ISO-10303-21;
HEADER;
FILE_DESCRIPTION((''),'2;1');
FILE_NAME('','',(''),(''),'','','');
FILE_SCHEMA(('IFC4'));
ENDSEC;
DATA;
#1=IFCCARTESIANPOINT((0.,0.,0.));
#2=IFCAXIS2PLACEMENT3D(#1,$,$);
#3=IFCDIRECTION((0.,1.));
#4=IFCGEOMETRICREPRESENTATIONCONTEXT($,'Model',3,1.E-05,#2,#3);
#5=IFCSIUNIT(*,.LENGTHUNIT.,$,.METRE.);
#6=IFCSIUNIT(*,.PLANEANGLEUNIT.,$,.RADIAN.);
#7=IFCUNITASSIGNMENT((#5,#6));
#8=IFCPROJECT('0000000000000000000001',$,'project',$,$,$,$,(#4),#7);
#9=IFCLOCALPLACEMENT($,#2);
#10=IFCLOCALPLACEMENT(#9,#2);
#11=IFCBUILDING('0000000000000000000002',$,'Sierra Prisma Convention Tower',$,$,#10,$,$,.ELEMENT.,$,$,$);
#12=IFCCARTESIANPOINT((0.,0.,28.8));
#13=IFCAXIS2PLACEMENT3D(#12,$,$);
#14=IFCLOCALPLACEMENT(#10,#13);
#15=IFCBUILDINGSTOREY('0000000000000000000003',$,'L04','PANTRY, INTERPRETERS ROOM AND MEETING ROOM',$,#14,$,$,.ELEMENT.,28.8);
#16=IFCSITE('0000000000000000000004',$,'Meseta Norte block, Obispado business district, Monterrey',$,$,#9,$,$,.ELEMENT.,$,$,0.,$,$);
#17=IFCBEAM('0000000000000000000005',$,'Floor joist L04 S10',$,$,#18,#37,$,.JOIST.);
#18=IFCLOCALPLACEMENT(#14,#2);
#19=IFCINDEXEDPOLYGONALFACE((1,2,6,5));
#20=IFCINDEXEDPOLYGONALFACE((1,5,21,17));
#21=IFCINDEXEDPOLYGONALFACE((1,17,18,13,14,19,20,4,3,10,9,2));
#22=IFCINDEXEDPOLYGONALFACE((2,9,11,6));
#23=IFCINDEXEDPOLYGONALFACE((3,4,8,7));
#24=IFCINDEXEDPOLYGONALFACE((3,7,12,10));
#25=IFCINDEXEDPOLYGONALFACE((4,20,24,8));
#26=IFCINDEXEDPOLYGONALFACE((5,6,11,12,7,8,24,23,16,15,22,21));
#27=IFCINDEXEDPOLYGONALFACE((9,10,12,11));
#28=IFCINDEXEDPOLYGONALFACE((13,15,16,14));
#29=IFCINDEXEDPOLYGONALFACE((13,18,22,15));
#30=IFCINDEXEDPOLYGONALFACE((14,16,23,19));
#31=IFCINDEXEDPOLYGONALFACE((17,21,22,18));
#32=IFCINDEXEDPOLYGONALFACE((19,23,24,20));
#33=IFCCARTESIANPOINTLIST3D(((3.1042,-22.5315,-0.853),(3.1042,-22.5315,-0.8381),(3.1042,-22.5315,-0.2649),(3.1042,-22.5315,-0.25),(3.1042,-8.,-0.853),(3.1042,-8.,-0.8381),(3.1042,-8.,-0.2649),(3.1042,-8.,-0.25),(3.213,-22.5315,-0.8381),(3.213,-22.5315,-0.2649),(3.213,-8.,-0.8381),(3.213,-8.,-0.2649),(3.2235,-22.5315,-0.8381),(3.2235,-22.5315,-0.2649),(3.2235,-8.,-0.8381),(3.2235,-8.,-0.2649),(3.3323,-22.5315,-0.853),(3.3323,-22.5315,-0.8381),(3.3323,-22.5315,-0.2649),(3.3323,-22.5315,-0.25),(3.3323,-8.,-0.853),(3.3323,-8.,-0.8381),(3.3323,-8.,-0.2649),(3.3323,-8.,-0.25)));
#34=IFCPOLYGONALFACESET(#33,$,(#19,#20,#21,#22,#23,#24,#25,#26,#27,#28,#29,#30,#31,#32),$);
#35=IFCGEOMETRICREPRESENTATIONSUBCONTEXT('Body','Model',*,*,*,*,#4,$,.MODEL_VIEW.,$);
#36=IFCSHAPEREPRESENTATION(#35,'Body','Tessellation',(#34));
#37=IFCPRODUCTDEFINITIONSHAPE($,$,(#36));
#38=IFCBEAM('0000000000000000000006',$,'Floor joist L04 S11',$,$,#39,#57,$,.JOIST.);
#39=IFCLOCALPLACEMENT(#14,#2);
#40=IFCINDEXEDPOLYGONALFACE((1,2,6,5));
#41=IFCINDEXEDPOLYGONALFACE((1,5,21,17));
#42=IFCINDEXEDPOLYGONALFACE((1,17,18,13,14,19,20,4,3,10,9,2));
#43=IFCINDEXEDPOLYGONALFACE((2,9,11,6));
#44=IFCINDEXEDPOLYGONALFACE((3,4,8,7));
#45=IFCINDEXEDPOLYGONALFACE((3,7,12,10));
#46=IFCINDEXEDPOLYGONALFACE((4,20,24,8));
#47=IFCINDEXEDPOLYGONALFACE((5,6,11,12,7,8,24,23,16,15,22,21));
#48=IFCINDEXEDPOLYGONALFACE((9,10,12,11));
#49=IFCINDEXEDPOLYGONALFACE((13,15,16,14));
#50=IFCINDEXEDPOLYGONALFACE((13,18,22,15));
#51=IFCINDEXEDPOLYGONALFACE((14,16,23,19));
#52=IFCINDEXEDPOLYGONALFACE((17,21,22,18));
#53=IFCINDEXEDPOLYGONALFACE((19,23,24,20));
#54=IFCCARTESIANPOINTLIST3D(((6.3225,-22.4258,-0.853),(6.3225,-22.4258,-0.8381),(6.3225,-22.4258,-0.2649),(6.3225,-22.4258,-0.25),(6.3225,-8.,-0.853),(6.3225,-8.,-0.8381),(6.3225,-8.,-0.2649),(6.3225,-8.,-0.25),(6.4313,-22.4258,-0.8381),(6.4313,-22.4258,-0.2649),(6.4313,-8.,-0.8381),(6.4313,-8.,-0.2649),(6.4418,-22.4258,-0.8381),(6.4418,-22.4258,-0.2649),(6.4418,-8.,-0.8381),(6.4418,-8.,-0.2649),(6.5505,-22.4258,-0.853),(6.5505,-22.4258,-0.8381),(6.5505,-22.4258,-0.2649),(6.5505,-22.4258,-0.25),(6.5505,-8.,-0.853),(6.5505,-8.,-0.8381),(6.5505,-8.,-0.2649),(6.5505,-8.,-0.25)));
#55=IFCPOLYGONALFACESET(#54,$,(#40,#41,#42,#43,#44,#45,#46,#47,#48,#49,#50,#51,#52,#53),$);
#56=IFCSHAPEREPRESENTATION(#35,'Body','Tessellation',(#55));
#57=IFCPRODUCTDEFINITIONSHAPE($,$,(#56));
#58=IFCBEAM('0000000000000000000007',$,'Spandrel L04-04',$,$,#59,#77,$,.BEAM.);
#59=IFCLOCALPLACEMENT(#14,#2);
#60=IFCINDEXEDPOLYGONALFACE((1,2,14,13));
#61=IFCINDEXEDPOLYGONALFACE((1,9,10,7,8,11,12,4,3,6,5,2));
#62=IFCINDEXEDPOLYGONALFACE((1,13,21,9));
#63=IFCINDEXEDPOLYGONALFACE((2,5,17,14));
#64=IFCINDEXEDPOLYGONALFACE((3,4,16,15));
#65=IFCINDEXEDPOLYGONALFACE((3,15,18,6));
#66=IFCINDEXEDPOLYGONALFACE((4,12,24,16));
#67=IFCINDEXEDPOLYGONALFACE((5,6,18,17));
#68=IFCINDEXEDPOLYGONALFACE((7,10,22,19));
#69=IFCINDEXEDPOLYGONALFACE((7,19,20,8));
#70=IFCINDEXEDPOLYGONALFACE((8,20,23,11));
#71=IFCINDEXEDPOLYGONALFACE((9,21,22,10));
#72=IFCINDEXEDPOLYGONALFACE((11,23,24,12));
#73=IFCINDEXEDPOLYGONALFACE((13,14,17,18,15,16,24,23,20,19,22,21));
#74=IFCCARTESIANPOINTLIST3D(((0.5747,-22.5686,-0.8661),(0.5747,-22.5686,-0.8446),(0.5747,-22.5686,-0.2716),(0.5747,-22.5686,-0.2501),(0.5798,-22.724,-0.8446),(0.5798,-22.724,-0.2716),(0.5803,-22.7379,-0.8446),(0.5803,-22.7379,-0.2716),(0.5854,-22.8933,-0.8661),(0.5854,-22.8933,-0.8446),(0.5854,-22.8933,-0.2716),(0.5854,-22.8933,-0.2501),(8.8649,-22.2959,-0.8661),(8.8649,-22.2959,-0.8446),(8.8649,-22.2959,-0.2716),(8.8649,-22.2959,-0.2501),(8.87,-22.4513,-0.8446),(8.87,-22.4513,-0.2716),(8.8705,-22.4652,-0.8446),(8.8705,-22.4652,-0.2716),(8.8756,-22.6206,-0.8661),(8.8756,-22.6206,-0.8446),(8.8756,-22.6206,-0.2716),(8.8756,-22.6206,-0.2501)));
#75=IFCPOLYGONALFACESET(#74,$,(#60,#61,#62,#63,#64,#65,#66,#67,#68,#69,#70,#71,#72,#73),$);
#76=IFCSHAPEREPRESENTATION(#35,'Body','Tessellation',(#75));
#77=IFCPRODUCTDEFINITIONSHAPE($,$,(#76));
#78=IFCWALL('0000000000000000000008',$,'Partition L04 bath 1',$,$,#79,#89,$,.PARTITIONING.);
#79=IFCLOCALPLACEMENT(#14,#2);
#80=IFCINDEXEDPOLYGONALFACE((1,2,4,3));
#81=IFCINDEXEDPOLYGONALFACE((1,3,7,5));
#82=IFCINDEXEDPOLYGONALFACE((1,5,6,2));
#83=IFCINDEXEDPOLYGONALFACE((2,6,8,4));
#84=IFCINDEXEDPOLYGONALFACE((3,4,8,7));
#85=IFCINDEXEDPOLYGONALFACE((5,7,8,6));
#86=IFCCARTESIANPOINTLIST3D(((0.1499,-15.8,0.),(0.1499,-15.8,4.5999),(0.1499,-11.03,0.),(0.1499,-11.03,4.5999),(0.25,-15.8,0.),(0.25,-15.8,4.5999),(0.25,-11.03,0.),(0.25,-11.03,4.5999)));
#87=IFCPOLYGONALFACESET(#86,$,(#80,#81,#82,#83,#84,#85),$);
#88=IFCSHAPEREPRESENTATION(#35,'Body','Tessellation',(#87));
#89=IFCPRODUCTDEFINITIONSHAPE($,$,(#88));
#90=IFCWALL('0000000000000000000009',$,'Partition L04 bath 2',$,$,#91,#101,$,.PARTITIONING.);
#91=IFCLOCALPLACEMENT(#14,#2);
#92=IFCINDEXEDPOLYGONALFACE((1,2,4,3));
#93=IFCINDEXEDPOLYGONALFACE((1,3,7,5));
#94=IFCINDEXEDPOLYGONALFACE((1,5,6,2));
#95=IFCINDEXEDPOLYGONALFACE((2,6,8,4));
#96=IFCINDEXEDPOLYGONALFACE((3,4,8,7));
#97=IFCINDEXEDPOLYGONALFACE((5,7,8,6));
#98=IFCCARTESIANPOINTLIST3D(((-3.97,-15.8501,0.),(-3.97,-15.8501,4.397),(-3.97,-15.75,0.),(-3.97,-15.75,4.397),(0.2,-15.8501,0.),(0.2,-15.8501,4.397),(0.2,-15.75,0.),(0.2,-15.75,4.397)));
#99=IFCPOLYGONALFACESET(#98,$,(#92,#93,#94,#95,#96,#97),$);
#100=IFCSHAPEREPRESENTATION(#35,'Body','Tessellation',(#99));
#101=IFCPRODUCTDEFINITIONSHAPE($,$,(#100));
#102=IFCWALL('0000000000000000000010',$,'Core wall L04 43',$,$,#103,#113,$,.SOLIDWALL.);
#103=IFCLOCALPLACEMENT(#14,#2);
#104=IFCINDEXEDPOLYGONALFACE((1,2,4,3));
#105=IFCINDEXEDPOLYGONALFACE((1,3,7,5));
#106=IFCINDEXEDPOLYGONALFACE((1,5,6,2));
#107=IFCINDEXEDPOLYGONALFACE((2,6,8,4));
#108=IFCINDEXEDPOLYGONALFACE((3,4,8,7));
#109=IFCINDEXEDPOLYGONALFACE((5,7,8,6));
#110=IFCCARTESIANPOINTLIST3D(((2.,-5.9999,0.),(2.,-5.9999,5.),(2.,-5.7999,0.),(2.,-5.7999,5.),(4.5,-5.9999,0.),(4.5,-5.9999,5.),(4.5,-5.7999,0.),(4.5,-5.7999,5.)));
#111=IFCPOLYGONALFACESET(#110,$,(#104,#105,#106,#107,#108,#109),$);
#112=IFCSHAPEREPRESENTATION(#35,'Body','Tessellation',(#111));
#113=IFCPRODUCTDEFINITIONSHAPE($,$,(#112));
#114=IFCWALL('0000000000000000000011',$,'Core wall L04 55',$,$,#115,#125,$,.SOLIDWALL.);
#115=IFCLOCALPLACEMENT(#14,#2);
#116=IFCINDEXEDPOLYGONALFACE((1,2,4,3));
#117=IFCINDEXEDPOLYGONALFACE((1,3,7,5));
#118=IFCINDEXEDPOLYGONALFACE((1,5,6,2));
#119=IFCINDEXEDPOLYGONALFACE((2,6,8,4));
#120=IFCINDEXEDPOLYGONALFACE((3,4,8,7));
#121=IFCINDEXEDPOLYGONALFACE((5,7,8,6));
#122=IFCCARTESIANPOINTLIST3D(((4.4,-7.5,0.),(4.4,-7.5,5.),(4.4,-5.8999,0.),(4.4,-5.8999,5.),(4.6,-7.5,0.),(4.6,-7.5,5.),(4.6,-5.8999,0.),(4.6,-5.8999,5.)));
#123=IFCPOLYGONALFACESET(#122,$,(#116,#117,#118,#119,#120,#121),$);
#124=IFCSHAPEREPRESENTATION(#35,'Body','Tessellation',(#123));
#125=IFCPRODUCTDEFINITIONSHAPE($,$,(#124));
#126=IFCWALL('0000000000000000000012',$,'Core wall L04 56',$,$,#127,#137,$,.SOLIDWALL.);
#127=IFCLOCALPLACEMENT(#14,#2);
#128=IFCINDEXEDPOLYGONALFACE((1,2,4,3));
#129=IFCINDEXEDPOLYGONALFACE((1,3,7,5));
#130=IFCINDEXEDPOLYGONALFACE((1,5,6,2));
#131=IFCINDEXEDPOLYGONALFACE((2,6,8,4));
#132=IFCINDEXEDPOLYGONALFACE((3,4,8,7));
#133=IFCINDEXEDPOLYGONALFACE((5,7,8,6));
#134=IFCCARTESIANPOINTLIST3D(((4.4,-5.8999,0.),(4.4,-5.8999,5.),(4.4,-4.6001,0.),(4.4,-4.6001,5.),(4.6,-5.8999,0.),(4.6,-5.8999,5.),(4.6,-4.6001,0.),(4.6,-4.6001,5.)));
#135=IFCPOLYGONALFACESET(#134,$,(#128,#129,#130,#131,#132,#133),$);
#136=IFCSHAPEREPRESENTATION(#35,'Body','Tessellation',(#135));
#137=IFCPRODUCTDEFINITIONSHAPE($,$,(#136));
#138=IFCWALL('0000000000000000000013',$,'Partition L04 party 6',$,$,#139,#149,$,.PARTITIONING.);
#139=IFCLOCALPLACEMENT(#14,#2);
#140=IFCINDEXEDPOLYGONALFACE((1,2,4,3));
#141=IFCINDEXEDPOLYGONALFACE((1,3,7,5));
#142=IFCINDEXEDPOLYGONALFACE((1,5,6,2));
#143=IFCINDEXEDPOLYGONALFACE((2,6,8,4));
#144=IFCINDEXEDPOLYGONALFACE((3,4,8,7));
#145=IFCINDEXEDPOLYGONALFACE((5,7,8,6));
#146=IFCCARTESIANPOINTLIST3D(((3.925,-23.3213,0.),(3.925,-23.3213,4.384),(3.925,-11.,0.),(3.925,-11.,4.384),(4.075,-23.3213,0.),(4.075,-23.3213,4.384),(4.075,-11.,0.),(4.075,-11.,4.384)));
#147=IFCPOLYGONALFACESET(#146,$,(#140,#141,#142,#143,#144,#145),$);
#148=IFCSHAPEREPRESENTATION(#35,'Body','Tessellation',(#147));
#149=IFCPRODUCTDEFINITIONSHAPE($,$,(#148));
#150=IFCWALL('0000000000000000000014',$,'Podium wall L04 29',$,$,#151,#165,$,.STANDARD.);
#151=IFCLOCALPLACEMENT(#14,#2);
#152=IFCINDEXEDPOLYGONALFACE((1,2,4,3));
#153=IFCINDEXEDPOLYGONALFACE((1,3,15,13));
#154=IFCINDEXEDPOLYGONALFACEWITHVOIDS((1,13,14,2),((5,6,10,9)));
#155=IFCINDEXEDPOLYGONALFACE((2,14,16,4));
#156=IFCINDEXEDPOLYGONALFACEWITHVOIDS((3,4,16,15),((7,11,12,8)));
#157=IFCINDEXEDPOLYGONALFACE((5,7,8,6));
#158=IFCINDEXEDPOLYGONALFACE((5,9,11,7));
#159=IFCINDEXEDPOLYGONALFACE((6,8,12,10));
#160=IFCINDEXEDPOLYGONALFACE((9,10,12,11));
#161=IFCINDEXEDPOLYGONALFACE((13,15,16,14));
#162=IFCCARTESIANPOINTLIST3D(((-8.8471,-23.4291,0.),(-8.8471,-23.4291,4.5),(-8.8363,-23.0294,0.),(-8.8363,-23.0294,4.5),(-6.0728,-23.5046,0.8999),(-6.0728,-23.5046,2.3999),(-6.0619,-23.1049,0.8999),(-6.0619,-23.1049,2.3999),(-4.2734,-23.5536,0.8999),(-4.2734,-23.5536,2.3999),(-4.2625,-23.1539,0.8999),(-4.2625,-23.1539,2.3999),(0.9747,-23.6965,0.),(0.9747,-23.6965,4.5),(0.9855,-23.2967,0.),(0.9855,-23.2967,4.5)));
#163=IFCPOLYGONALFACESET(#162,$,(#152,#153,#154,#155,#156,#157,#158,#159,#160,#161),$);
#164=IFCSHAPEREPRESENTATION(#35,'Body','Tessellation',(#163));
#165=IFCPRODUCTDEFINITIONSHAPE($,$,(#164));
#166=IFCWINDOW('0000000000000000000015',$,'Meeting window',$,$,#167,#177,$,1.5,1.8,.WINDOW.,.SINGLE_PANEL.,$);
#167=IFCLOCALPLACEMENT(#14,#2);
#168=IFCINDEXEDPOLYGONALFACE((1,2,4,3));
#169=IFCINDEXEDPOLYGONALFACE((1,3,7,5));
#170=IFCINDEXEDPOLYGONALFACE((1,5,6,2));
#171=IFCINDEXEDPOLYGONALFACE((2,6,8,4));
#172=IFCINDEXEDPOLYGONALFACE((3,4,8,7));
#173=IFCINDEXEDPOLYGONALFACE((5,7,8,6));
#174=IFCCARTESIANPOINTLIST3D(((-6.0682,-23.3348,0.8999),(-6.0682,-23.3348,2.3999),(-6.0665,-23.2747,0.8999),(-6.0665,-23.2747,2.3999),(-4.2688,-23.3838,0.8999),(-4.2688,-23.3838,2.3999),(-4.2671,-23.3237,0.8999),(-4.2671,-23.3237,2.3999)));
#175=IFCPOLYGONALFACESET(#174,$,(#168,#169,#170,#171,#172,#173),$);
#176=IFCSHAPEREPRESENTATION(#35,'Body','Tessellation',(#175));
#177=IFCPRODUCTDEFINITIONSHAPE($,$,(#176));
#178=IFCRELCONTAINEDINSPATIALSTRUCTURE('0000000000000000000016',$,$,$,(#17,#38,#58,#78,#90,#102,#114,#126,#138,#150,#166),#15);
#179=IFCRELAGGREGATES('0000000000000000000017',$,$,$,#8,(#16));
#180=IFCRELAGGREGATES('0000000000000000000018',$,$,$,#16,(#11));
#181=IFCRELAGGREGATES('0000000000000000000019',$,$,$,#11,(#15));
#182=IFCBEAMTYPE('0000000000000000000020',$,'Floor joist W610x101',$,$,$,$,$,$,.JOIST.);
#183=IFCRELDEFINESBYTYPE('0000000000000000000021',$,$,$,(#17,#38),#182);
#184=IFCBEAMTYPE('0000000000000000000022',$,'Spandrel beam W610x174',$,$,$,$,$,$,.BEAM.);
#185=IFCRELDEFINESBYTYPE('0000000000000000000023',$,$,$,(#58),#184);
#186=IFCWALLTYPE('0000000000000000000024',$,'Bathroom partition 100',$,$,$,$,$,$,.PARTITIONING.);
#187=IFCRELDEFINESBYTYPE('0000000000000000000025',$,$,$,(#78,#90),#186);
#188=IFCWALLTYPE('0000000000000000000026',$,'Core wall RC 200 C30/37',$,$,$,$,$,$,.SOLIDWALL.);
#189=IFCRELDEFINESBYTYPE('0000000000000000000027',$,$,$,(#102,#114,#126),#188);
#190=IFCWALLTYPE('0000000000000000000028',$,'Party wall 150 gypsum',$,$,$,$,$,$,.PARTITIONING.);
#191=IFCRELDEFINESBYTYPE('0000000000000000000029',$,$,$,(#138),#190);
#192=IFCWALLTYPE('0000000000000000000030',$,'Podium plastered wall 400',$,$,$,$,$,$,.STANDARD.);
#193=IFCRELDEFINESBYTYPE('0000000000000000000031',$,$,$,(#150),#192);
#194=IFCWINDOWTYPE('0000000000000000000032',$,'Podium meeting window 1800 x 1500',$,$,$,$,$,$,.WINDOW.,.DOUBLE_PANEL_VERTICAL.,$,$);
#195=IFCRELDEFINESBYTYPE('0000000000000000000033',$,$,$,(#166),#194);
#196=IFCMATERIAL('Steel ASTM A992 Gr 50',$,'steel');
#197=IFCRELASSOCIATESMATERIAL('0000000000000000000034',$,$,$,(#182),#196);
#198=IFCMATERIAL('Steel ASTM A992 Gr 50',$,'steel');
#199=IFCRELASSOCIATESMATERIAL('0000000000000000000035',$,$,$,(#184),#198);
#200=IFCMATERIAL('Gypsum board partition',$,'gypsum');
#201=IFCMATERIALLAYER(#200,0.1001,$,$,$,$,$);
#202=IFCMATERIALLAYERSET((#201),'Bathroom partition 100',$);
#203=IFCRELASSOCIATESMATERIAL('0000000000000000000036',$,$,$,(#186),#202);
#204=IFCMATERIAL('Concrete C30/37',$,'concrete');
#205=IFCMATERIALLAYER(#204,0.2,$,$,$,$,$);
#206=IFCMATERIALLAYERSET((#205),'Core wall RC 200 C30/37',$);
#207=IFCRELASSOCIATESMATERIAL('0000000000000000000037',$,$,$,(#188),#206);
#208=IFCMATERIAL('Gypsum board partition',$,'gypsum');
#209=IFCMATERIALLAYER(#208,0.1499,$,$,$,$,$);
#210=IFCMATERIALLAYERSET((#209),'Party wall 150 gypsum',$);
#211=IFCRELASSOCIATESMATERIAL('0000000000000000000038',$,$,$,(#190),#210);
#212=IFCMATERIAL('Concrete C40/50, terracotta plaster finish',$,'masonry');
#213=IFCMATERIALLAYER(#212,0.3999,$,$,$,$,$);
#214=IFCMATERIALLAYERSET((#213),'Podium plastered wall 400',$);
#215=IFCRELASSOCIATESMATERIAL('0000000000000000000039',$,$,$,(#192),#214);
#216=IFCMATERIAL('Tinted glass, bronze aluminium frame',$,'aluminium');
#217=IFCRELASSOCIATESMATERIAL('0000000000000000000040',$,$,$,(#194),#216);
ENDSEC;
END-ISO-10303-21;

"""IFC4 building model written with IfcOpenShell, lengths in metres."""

from ifc_helpers import new_model, si_unit, direction, frame, frame_2d, origin, origin_2d, place, context, subcontext, project, spatial, rectangle, i_section, extrude, material, layer, layer_set, material_profile, profile_set, type_object, element, fill, save


model = new_model("IFC4")

# Units and contexts
model_context = context("Model", 3, precision=1e-05, world=origin(), true_north=direction((0.0, 1.0)))
body_context = subcontext(model_context, "Body", "Model", "MODEL_VIEW")
ifc_project = project(units=[si_unit("LENGTHUNIT", "METRE"), si_unit("PLANEANGLEUNIT", "RADIAN")], contexts=[model_context])

# Site, building, storey
site_placement = place(None, origin())
site = spatial("IfcSite", under=ifc_project, at=site_placement, Name="Meseta Norte block, Obispado business district, Monterrey", CompositionType="ELEMENT", RefElevation=0.0)
building_placement = place(site_placement, origin())
building = spatial("IfcBuilding", under=site, at=building_placement, Name="Sierra Prisma Convention Tower", CompositionType="ELEMENT")
storey_placement = place(building_placement, frame((0.0, 0.0, 28.8)))
storey = spatial("IfcBuildingStorey", under=building, at=storey_placement, Name="L04", Description="PANTRY, INTERPRETERS ROOM AND MEETING ROOM", CompositionType="ELEMENT", Elevation=28.8)

# Beams
ifc_material_1 = material(Name="Steel ASTM A992 Gr 50", Category="steel")
ifc_material_profile_1 = material_profile(ifc_material_1, i_section(OverallWidth=0.228, OverallDepth=0.603, WebThickness=0.0105, FlangeThickness=0.0149, at=origin_2d()), Name="W610x101")
ifc_profile_set_1 = profile_set([ifc_material_profile_1], Name="Steel ASTM A992 Gr 50")
beam_type_1 = type_object("IfcBeamType", Name="Floor joist W610x101", PredefinedType="JOIST", material=ifc_profile_set_1)
beam_1_placement = place(storey_placement, frame((3.2183, -22.5315, -0.5515), z_axis=(0.0, 1.0, 0.0), x_axis=(-1.0, 0.0, 0.0)))
element("IfcBeam", 1, at=beam_1_placement, inside=storey, type_object=beam_type_1, Name="Floor joist L04 S10", PredefinedType="JOIST", context=body_context, shape_type="SweptSolid", body=[
    extrude(i_section(OverallWidth=0.228, OverallDepth=0.603, WebThickness=0.0105, FlangeThickness=0.0149, at=origin_2d()), origin(), (0.0, 0.0, 1.0), 14.5315),
])
beam_2_placement = place(storey_placement, frame((6.4365, -22.4258, -0.5515), z_axis=(0.0, 1.0, 0.0), x_axis=(-1.0, 0.0, 0.0)))
element("IfcBeam", 2, at=beam_2_placement, inside=storey, type_object=beam_type_1, Name="Floor joist L04 S11", PredefinedType="JOIST", context=body_context, shape_type="SweptSolid", body=[
    extrude(i_section(OverallWidth=0.228, OverallDepth=0.603, WebThickness=0.0105, FlangeThickness=0.0149, at=origin_2d()), origin(), (0.0, 0.0, 1.0), 14.4258),
])
ifc_material_2 = material(Name="Steel ASTM A992 Gr 50", Category="steel")
ifc_material_profile_2 = material_profile(ifc_material_2, i_section(OverallWidth=0.325, OverallDepth=0.616, WebThickness=0.0139, FlangeThickness=0.0215, at=origin_2d()), Name="W610x174")
ifc_profile_set_2 = profile_set([ifc_material_profile_2], Name="Steel ASTM A992 Gr 50")
beam_type_2 = type_object("IfcBeamType", Name="Spandrel beam W610x174", PredefinedType="BEAM", material=ifc_profile_set_2)
beam_3_placement = place(storey_placement, frame((0.5801, -22.731, -0.5581), z_axis=(0.999459, 0.032877, 0.0), x_axis=(-0.032877, 0.999459, 0.0)))
element("IfcBeam", 3, at=beam_3_placement, inside=storey, type_object=beam_type_2, Name="Spandrel L04-04", PredefinedType="BEAM", context=body_context, shape_type="SweptSolid", body=[
    extrude(i_section(OverallWidth=0.325, OverallDepth=0.616, WebThickness=0.0139, FlangeThickness=0.0215, at=origin_2d()), origin(), (0.0, 0.0, 1.0), 8.2947),
])

# Walls
ifc_material_3 = material(Name="Gypsum board partition", Category="gypsum")
ifc_layer_1 = layer(ifc_material_3, 0.1001)
ifc_layer_set_1 = layer_set([ifc_layer_1], Name="Bathroom partition 100")
wall_type_1 = type_object("IfcWallType", Name="Bathroom partition 100", PredefinedType="PARTITIONING", material=ifc_layer_set_1)
wall_1_placement = place(storey_placement, frame((0.2, -11.03, 0.0), z_axis=(0.0, 0.0, 1.0), x_axis=(0.0, -1.0, 0.0)))
element("IfcWall", 4, at=wall_1_placement, inside=storey, type_object=wall_type_1, Name="Partition L04 bath 1", PredefinedType="PARTITIONING", context=body_context, shape_type="SweptSolid", body=[
    extrude(rectangle(XDim=4.77, YDim=0.1001, at=frame_2d((2.385, 0.0))), origin(), (0.0, 0.0, 1.0), 4.5999),
])
wall_2_placement = place(storey_placement, frame((0.2, -15.8, 0.0), z_axis=(0.0, 0.0, 1.0), x_axis=(-1.0, 0.0, 0.0)))
element("IfcWall", 5, at=wall_2_placement, inside=storey, type_object=wall_type_1, Name="Partition L04 bath 2", PredefinedType="PARTITIONING", context=body_context, shape_type="SweptSolid", body=[
    extrude(rectangle(XDim=4.1699, YDim=0.1001, at=frame_2d((2.085, 0.0))), origin(), (0.0, 0.0, 1.0), 4.397),
])

# Shared definitions
ifc_material_4 = material(Name="Concrete C30/37", Category="concrete")
ifc_layer_2 = layer(ifc_material_4, 0.2)
ifc_layer_set_2 = layer_set([ifc_layer_2], Name="Core wall RC 200 C30/37")
wall_type_2 = type_object("IfcWallType", Name="Core wall RC 200 C30/37", PredefinedType="SOLIDWALL", material=ifc_layer_set_2)

# Walls
wall_3_placement = place(storey_placement, frame((4.5, -5.8999, 0.0), z_axis=(0.0, 0.0, 1.0), x_axis=(-1.0, 0.0, 0.0)))
element("IfcWall", 6, at=wall_3_placement, inside=storey, type_object=wall_type_2, Name="Core wall L04 43", PredefinedType="SOLIDWALL", context=body_context, shape_type="SweptSolid", body=[
    extrude(rectangle(XDim=2.5, YDim=0.2, at=frame_2d((1.25, 0.0))), origin(), (0.0, 0.0, 1.0), 5.0),
])
wall_4_placement = place(storey_placement, frame((4.5, -7.5, 0.0), z_axis=(0.0, 0.0, 1.0), x_axis=(0.0, 1.0, 0.0)))
element("IfcWall", 7, at=wall_4_placement, inside=storey, type_object=wall_type_2, Name="Core wall L04 55", PredefinedType="SOLIDWALL", context=body_context, shape_type="SweptSolid", body=[
    extrude(rectangle(XDim=1.6001, YDim=0.2, at=frame_2d((0.8, 0.0))), origin(), (0.0, 0.0, 1.0), 5.0),
])
wall_5_placement = place(storey_placement, frame((4.5, -5.8999, 0.0), z_axis=(0.0, 0.0, 1.0), x_axis=(0.0, 1.0, 0.0)))
element("IfcWall", 8, at=wall_5_placement, inside=storey, type_object=wall_type_2, Name="Core wall L04 56", PredefinedType="SOLIDWALL", context=body_context, shape_type="SweptSolid", body=[
    extrude(rectangle(XDim=1.2998, YDim=0.2, at=frame_2d((0.6499, 0.0))), origin(), (0.0, 0.0, 1.0), 5.0),
])
ifc_material_5 = material(Name="Gypsum board partition", Category="gypsum")
ifc_layer_3 = layer(ifc_material_5, 0.1499)
ifc_layer_set_3 = layer_set([ifc_layer_3], Name="Party wall 150 gypsum")
wall_type_3 = type_object("IfcWallType", Name="Party wall 150 gypsum", PredefinedType="PARTITIONING", material=ifc_layer_set_3)
wall_6_placement = place(storey_placement, frame((4.0, -11.0, 0.0), z_axis=(0.0, 0.0, 1.0), x_axis=(0.0, -1.0, 0.0)))
element("IfcWall", 9, at=wall_6_placement, inside=storey, type_object=wall_type_3, Name="Partition L04 party 6", PredefinedType="PARTITIONING", context=body_context, shape_type="SweptSolid", body=[
    extrude(rectangle(XDim=12.3213, YDim=0.1499, at=frame_2d((6.1606, 0.0))), origin(), (0.0, 0.0, 1.0), 4.384),
])

# Wall, opening, window
ifc_material_6 = material(Name="Concrete C40/50, terracotta plaster finish", Category="masonry")
ifc_layer_4 = layer(ifc_material_6, 0.3999)
ifc_layer_set_4 = layer_set([ifc_layer_4], Name="Podium plastered wall 400")
wall_type_4 = type_object("IfcWallType", Name="Podium plastered wall 400", PredefinedType="STANDARD", material=ifc_layer_set_4)
wall_7_placement = place(storey_placement, frame((0.98, -23.4966, 0.0), z_axis=(0.0, 0.0, 1.0), x_axis=(-0.99963, 0.027208, 0.0)))
wall_7 = element("IfcWall", 10, at=wall_7_placement, inside=storey, type_object=wall_type_4, Name="Podium wall L04 29", PredefinedType="STANDARD", context=body_context, shape_type="SweptSolid", body=[
    extrude(rectangle(XDim=9.8254, YDim=0.3999, at=frame_2d((4.9126, 0.0))), origin(), (0.0, 0.0, 1.0), 4.5),
])
opening_1_placement = place(wall_7_placement, frame((5.25, 0.0, 0.8999)))
opening_1 = element("IfcOpeningElement", 11, at=opening_1_placement, cuts=wall_7, PredefinedType="OPENING", context=body_context, shape_type="SweptSolid", body=[
    extrude(rectangle(XDim=1.8, YDim=1.5, at=frame_2d((0.8999, 0.75))), frame((0.0, 0.2, 0.0), z_axis=(0.0, -1.0, 0.0), x_axis=(1.0, 0.0, 0.0)), (0.0, 0.0, 1.0), 0.3999),
])
ifc_material_7 = material(Name="Tinted glass, bronze aluminium frame", Category="aluminium")
window_type = type_object("IfcWindowType", Name="Podium meeting window 1800 x 1500", PartitioningType="DOUBLE_PANEL_VERTICAL", PredefinedType="WINDOW", material=ifc_material_7)
window_placement = place(opening_1_placement, origin())
window = element("IfcWindow", 12, at=window_placement, inside=storey, type_object=window_type, Name="Meeting window", OverallHeight=1.5, OverallWidth=1.8, PartitioningType="SINGLE_PANEL", PredefinedType="WINDOW", context=body_context, shape_type="SweptSolid", body=[
    extrude(rectangle(XDim=1.8, YDim=1.5, at=frame_2d((0.8999, 0.75))), frame((0.0, 0.03, 0.0), z_axis=(0.0, -1.0, 0.0), x_axis=(1.0, 0.0, 0.0)), (0.0, 0.0, 1.0), 0.0601),
])
fill(opening_1, window)

save(model, "model.ifc")
